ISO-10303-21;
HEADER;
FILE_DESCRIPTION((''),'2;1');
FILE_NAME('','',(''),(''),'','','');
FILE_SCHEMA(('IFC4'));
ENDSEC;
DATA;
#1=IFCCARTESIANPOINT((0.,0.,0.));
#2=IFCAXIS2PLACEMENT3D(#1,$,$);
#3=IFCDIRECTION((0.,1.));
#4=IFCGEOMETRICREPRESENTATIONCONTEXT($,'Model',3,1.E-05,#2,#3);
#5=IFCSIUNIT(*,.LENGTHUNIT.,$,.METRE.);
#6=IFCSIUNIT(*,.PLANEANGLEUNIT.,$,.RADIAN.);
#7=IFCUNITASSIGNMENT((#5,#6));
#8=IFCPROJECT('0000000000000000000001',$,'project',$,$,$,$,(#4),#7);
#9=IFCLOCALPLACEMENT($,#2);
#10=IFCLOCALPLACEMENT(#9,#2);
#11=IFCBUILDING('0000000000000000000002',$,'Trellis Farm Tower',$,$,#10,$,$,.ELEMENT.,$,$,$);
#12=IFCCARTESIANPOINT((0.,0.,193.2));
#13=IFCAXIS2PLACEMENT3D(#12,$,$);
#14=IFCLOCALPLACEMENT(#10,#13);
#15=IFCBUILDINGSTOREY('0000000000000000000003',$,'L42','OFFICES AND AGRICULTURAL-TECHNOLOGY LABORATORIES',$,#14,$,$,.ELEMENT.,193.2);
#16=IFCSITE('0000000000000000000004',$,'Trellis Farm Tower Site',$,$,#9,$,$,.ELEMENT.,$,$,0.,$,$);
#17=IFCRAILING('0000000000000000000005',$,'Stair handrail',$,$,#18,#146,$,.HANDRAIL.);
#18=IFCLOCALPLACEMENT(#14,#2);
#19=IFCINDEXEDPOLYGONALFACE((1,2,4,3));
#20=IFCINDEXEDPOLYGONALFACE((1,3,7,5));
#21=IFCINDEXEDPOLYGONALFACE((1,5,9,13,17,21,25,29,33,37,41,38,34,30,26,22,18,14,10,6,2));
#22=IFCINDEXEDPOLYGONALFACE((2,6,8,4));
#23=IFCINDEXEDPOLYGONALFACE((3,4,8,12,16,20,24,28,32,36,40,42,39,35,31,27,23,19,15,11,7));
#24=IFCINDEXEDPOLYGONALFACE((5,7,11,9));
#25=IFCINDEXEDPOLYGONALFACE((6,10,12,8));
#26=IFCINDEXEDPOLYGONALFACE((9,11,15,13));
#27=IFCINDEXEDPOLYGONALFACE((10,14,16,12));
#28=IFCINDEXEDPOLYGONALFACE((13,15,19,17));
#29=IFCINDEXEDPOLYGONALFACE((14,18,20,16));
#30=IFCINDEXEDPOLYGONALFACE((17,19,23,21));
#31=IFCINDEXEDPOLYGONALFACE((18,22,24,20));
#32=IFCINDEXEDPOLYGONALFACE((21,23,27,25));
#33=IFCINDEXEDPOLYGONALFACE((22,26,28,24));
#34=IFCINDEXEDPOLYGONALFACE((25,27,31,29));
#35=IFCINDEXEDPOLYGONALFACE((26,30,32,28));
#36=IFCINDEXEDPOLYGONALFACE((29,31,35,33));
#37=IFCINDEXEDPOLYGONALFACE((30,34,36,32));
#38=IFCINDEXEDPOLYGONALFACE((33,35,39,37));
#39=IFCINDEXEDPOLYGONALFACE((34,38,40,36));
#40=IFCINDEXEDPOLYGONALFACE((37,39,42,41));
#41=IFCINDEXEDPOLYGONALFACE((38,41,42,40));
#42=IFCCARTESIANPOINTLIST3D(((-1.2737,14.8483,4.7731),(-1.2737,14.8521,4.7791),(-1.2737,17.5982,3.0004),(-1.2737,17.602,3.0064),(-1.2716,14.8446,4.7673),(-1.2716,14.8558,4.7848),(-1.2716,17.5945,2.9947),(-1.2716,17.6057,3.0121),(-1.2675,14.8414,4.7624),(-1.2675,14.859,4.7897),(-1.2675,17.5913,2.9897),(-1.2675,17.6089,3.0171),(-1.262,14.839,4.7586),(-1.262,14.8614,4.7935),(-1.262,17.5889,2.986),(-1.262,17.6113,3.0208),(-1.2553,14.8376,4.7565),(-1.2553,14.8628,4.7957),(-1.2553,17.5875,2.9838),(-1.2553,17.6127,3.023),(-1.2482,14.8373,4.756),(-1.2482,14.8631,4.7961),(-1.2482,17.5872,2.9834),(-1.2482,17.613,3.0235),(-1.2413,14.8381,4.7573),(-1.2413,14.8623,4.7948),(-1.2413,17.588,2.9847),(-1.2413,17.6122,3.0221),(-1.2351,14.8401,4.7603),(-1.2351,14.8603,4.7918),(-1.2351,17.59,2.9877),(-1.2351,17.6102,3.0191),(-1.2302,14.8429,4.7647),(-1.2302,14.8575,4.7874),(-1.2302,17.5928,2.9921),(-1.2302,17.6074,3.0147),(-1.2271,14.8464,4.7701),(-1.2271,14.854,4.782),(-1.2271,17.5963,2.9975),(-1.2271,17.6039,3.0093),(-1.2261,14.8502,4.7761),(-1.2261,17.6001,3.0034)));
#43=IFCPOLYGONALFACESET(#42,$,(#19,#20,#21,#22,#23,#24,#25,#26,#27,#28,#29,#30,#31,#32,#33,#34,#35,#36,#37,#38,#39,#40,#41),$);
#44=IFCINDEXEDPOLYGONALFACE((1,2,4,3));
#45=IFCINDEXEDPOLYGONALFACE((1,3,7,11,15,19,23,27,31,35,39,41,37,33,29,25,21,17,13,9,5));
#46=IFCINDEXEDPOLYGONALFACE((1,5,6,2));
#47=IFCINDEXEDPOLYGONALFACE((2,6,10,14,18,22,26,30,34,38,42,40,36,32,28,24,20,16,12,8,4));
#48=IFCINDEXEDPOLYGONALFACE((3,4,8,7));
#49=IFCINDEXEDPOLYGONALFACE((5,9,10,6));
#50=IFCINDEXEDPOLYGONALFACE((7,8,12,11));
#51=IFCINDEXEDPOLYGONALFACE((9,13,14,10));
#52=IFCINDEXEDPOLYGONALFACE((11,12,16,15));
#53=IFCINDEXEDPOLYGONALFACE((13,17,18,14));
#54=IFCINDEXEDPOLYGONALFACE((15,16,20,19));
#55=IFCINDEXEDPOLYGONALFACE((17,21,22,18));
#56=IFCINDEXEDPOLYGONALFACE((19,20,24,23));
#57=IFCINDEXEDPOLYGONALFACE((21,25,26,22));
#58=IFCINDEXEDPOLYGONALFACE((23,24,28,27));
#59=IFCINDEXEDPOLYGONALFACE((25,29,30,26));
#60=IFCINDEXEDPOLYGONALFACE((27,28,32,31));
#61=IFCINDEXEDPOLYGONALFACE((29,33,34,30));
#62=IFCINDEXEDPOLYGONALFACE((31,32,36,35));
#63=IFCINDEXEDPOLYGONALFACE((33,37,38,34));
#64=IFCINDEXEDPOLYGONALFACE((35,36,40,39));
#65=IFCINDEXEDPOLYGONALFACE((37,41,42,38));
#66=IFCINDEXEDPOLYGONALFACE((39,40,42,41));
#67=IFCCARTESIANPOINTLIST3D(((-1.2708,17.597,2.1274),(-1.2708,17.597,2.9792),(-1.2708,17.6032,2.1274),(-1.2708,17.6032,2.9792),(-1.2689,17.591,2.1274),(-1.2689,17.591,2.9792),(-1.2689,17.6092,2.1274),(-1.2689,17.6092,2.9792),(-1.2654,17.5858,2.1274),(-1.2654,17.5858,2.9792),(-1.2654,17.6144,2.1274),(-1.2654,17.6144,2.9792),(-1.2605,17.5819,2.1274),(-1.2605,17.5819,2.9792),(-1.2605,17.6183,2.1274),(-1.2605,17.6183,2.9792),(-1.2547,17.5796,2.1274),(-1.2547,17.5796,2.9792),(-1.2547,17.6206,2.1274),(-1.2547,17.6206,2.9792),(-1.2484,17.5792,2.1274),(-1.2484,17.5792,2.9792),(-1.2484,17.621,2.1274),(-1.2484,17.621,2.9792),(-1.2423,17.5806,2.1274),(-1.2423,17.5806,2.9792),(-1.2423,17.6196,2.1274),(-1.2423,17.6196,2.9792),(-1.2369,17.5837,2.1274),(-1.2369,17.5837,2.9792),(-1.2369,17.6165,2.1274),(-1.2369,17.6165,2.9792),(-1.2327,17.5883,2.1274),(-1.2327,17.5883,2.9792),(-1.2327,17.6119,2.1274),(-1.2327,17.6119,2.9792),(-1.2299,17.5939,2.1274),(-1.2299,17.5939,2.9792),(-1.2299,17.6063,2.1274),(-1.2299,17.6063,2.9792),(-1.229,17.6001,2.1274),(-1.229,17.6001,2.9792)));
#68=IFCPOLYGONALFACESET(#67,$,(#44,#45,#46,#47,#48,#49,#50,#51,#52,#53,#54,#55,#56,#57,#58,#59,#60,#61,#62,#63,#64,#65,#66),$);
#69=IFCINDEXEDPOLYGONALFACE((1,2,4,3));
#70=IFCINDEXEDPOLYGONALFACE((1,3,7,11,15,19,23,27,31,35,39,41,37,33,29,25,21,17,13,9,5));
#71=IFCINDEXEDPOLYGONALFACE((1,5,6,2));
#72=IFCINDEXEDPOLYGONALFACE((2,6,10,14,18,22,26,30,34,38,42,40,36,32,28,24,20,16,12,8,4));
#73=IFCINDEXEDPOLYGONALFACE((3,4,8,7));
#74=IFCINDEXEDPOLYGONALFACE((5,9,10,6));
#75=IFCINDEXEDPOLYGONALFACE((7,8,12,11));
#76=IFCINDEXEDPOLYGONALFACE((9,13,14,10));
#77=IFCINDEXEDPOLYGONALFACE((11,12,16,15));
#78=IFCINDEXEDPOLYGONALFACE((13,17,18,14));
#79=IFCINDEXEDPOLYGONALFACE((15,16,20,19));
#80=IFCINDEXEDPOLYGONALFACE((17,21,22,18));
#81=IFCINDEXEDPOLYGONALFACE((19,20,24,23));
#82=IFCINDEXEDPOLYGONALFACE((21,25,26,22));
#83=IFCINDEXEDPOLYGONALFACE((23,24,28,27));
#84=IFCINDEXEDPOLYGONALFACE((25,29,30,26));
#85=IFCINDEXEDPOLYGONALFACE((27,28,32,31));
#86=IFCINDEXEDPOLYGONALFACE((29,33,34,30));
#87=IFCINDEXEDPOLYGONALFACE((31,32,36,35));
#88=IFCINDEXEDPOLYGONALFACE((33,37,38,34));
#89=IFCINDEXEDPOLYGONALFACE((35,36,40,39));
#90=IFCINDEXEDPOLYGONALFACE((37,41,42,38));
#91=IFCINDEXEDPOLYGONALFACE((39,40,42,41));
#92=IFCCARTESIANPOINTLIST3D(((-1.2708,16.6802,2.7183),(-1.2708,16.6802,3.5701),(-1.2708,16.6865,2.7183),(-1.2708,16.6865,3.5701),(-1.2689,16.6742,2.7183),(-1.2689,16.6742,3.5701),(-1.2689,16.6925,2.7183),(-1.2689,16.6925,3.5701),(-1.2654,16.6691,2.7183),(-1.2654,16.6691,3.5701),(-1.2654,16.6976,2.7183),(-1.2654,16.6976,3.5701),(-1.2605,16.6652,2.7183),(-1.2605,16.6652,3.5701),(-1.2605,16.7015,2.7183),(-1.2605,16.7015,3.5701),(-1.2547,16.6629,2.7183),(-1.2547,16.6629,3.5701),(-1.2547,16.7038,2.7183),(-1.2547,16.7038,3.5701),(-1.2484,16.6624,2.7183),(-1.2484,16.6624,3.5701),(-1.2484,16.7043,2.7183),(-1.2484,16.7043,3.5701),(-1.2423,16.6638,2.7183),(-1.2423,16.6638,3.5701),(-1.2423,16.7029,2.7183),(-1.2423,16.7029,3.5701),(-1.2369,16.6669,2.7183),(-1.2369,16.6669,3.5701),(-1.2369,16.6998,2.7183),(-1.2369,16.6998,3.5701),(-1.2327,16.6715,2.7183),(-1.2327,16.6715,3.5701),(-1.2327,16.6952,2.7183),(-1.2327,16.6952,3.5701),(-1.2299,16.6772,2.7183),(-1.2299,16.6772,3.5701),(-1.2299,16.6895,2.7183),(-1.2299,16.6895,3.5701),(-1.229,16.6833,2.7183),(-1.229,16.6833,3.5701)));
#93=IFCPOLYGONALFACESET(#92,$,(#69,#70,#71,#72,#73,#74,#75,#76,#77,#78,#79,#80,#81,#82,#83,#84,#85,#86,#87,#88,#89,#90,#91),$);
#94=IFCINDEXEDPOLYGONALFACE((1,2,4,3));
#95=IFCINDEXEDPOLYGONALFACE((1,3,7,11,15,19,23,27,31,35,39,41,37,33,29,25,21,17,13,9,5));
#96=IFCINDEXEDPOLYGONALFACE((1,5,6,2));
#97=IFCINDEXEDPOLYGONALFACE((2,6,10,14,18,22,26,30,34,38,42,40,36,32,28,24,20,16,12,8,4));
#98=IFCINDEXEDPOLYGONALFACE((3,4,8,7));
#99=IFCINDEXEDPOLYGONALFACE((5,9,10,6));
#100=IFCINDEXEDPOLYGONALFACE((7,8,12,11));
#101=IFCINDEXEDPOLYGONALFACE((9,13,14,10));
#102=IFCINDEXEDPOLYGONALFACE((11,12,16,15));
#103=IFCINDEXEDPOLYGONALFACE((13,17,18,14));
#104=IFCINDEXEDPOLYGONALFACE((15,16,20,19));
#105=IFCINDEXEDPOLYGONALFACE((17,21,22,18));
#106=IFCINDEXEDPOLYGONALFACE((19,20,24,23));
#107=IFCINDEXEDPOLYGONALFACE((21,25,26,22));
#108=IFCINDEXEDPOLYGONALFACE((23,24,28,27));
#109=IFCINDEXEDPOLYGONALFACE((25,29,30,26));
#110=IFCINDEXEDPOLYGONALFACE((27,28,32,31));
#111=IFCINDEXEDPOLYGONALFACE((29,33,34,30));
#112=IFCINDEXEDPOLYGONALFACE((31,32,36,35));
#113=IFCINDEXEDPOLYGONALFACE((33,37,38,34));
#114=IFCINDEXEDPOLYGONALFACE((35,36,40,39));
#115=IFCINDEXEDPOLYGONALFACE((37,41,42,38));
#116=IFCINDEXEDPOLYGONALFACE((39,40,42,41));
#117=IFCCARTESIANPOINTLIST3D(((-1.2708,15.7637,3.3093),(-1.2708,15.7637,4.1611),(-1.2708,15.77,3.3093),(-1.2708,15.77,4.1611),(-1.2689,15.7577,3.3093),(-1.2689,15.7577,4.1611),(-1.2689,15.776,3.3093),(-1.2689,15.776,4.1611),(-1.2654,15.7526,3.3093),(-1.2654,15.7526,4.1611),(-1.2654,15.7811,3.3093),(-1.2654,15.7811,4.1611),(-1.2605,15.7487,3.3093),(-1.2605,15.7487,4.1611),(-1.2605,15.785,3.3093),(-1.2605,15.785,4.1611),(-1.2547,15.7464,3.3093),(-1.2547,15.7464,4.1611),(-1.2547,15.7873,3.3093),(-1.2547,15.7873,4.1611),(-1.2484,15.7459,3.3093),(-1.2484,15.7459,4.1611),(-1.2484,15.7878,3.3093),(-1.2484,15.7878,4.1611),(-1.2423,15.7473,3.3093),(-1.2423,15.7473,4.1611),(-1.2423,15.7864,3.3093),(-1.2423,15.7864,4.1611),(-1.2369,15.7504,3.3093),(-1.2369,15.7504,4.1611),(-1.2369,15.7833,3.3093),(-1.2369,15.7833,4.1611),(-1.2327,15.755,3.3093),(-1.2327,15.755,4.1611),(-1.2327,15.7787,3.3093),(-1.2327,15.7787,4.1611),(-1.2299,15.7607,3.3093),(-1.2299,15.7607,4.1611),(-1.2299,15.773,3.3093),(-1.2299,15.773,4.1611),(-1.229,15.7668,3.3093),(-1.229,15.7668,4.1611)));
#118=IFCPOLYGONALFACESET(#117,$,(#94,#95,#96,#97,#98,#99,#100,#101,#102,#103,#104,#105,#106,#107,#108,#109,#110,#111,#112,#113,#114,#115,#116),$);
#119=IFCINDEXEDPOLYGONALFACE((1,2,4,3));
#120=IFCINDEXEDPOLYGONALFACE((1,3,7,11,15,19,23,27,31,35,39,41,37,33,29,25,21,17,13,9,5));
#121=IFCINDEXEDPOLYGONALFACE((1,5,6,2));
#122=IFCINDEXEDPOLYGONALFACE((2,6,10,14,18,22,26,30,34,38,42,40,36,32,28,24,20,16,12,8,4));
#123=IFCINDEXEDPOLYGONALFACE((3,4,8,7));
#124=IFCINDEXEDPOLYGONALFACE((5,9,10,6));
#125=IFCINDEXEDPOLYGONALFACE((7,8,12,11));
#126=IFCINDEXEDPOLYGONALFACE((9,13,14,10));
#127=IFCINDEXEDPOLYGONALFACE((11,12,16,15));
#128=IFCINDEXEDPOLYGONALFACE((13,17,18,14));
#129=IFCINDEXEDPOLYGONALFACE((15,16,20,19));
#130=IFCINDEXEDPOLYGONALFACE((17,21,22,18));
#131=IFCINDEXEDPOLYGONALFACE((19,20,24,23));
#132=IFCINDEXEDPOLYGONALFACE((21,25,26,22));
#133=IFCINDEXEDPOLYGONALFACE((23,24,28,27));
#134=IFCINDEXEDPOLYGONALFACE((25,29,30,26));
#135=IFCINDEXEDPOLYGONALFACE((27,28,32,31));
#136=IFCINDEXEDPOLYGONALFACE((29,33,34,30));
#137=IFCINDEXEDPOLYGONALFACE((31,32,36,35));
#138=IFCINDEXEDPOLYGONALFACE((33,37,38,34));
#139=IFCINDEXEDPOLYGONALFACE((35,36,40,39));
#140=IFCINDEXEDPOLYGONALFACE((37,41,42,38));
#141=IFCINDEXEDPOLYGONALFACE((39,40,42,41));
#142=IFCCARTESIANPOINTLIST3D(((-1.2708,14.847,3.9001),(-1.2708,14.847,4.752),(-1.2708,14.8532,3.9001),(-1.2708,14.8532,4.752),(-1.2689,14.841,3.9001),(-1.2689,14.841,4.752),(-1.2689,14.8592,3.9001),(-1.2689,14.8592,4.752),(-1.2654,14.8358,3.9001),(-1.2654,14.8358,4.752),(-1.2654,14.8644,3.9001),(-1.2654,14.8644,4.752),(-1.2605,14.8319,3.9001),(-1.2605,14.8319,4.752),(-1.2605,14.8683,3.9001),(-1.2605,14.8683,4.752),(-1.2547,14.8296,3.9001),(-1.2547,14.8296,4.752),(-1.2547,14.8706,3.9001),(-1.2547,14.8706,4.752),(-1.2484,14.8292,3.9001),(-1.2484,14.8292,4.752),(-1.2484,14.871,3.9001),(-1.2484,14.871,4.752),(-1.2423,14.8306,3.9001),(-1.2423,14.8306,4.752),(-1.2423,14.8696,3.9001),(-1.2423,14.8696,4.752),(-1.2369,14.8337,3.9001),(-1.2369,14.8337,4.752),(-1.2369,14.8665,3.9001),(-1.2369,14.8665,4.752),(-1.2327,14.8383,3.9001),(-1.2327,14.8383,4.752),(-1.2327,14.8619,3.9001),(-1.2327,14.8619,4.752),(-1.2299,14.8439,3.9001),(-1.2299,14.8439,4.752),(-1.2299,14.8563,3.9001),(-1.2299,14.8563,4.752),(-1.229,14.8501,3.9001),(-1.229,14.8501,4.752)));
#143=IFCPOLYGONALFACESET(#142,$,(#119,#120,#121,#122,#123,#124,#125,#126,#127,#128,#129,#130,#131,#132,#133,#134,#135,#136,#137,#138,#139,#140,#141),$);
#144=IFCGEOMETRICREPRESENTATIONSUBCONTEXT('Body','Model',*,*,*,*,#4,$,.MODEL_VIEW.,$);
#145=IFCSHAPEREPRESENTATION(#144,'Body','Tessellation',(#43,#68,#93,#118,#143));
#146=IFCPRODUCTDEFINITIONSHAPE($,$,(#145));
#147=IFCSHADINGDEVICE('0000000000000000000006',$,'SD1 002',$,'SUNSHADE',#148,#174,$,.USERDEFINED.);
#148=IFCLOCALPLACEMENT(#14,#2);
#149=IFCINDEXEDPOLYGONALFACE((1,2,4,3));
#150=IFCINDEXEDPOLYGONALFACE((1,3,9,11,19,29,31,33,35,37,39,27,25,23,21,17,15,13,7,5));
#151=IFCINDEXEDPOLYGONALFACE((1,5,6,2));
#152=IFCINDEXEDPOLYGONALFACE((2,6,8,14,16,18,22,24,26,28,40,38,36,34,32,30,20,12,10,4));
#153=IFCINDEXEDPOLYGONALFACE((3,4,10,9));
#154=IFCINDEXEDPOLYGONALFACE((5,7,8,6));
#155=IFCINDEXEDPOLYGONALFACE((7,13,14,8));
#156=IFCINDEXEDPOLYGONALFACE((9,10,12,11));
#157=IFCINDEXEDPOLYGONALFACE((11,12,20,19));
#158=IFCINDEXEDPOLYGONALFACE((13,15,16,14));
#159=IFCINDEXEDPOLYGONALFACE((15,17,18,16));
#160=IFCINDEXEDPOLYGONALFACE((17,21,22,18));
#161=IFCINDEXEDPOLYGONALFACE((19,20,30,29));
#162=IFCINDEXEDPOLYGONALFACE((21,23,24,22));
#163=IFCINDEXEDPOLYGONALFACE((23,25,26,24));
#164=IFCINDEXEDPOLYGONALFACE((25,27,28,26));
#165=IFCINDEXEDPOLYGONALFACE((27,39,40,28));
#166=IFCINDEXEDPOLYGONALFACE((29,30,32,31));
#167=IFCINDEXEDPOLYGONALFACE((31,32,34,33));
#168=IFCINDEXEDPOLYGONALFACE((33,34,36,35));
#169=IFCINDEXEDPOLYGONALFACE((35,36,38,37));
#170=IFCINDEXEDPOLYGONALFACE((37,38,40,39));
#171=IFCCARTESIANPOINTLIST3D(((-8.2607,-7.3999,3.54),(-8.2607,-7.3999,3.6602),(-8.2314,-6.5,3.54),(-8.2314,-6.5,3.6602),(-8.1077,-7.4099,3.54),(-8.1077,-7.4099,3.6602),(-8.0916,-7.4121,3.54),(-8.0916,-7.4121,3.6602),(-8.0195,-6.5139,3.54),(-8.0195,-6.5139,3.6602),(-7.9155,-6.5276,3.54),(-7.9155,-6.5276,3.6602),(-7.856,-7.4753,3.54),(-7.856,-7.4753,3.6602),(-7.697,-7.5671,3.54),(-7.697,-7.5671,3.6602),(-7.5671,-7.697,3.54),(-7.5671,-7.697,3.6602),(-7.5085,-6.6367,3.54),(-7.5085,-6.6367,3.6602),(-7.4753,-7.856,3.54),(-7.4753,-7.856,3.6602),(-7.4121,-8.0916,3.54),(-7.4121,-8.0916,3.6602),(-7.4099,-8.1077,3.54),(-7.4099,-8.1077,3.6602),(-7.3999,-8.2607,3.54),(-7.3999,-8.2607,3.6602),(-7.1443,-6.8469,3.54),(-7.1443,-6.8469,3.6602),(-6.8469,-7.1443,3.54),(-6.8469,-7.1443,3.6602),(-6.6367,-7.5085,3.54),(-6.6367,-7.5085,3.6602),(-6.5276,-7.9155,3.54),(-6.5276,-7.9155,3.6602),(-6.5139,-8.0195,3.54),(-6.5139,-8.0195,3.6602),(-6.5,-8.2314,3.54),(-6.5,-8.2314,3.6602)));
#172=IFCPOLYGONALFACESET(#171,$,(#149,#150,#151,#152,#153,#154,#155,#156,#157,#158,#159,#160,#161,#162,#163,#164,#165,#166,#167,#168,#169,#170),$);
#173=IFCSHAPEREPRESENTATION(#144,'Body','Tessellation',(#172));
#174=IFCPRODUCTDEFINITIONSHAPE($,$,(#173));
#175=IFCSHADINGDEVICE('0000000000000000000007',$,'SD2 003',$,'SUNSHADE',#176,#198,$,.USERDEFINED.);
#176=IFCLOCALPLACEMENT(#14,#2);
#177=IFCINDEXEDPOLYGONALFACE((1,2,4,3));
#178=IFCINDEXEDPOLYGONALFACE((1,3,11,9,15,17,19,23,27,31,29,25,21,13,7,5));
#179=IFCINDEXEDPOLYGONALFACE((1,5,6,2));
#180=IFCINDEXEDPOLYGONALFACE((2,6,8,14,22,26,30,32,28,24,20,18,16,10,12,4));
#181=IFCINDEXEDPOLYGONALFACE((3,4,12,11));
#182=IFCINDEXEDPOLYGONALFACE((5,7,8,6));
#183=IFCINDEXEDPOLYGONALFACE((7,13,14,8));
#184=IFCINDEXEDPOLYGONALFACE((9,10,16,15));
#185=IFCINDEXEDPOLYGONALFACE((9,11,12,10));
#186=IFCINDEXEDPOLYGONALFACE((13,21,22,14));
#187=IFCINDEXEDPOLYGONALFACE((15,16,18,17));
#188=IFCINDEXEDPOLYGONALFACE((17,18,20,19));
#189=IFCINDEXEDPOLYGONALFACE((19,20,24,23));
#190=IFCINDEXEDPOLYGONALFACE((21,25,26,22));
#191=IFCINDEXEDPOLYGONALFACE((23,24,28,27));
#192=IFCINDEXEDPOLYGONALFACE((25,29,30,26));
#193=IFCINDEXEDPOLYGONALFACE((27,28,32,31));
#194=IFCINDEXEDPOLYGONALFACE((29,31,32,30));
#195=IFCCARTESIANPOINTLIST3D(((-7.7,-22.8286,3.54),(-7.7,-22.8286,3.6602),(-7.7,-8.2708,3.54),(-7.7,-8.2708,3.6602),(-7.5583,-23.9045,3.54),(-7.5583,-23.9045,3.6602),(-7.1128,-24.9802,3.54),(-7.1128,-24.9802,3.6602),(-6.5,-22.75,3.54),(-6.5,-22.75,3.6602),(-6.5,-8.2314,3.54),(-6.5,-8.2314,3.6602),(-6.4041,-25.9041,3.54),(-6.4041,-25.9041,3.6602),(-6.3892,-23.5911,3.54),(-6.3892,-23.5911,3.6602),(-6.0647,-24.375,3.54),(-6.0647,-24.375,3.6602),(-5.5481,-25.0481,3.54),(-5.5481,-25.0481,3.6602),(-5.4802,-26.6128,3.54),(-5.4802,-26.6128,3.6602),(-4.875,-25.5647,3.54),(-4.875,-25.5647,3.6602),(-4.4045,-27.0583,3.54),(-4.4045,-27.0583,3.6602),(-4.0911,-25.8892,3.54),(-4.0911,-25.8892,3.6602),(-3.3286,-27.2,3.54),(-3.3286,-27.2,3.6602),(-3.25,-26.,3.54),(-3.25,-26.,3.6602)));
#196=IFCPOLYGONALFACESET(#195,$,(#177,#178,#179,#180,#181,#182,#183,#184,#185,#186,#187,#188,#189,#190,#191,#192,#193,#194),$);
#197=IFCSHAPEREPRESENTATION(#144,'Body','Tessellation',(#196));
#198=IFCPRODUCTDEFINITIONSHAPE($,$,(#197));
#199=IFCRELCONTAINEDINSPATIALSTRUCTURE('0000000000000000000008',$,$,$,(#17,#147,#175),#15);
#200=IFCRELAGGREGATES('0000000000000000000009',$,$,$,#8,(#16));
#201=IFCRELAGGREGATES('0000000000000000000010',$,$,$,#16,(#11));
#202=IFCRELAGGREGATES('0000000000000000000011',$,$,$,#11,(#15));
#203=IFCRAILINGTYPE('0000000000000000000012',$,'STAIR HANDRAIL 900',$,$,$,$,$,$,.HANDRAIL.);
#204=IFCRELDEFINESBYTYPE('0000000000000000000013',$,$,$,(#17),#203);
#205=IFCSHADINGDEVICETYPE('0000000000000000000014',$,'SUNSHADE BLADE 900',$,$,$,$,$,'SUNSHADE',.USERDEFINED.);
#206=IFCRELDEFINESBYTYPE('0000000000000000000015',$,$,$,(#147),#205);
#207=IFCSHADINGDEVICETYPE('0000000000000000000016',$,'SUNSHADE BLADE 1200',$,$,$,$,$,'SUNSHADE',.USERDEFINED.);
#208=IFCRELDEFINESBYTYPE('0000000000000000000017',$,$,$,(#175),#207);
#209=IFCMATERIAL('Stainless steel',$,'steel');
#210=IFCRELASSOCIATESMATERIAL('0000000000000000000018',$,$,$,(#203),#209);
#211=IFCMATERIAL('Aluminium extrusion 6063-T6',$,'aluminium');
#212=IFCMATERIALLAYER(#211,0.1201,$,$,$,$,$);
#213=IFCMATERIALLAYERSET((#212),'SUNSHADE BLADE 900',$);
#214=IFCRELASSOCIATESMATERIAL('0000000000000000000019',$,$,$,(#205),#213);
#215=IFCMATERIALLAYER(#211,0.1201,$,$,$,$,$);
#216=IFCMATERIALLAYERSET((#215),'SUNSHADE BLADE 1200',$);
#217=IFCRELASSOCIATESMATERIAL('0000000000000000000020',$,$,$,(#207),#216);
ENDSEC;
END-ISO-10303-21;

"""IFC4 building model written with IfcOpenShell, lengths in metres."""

from ifc_helpers import new_model, si_unit, direction, frame, origin, origin_2d, place, context, subcontext, project, spatial, polyline, circle, outline, extrude, source, transform, mapped, material, layer, layer_set, type_object, element, save


model = new_model("IFC4")

# Units and contexts
model_context = context("Model", 3, precision=1e-05, world=origin(), true_north=direction((0.0, 1.0)))
body_context = subcontext(model_context, "Body", "Model", "MODEL_VIEW")
ifc_project = project(units=[si_unit("LENGTHUNIT", "METRE"), si_unit("PLANEANGLEUNIT", "RADIAN")], contexts=[model_context])

# Site, building, storey
site_placement = place(None, origin())
site = spatial("IfcSite", under=ifc_project, at=site_placement, Name="Trellis Farm Tower Site", CompositionType="ELEMENT", RefElevation=0.0)
building_placement = place(site_placement, origin())
building = spatial("IfcBuilding", under=site, at=building_placement, Name="Trellis Farm Tower", CompositionType="ELEMENT")
storey_placement = place(building_placement, frame((0.0, 0.0, 193.2)))
storey = spatial("IfcBuildingStorey", under=building, at=storey_placement, Name="L42", Description="OFFICES AND AGRICULTURAL-TECHNOLOGY LABORATORIES", CompositionType="ELEMENT", Elevation=193.2)

# Shared definitions
ifc_material_1 = material(Name="Aluminium extrusion 6063-T6", Category="aluminium")

# Railing
ifc_material_2 = material(Name="Stainless steel", Category="steel")
railing_type = type_object("IfcRailingType", Name="STAIR HANDRAIL 900", PredefinedType="HANDRAIL", material=ifc_material_2)
shared_shape_1 = source(origin(), body_context, "Body", "SweptSolid", [
    extrude(circle(Radius=0.0239, at=origin_2d()), frame((0.0, 0.0, 0.876), z_axis=(0.0, -0.840504, 0.541806), x_axis=(1.0, 0.0, 0.0)), (0.0, 0.0, 1.0), 3.2717),
    extrude(circle(Radius=0.021, at=origin_2d()), origin(), (0.0, 0.0, 1.0), 0.8518),
    extrude(circle(Radius=0.021, at=origin_2d()), frame((0.0, -0.9167, 0.5908)), (0.0, 0.0, 1.0), 0.8518),
    extrude(circle(Radius=0.021, at=origin_2d()), frame((0.0, -1.8333, 1.1819)), (0.0, 0.0, 1.0), 0.8518),
    extrude(circle(Radius=0.021, at=origin_2d()), frame((0.0, -2.75, 1.7727)), (0.0, 0.0, 1.0), 0.8518),
])
railing_placement = place(storey_placement, frame((-1.25, 17.6001, 2.1274)))
element("IfcRailing", 1, at=railing_placement, inside=storey, type_object=railing_type, Name="Stair handrail", PredefinedType="HANDRAIL", context=body_context, shape_type="MappedRepresentation", body=[
    mapped(shared_shape_1, transform((0.0, 0.0, 0.0))),
])

# Shading devices
ifc_layer_1 = layer(ifc_material_1, 0.1201)
ifc_layer_set_1 = layer_set([ifc_layer_1], Name="SUNSHADE BLADE 900")
shading_device_type_1 = type_object("IfcShadingDeviceType", Name="SUNSHADE BLADE 900", ElementType="SUNSHADE", PredefinedType="USERDEFINED", material=ifc_layer_set_1)
shared_shape_2 = source(origin(), body_context, "Body", "SweptSolid", [
    extrude(outline(polyline([(-8.2607, -7.3999), (-8.1077, -7.4099), (-8.0916, -7.4121), (-7.856, -7.4753), (-7.697, -7.5671), (-7.5671, -7.697), (-7.4753, -7.856), (-7.4121, -8.0916), (-7.4099, -8.1077), (-7.3999, -8.2607), (-6.5, -8.2314), (-6.5139, -8.0195), (-6.5276, -7.9155), (-6.6367, -7.5085), (-6.8469, -7.1443), (-7.1443, -6.8469), (-7.5085, -6.6367), (-7.9155, -6.5276), (-8.0195, -6.5139), (-8.2314, -6.5), (-8.2607, -7.3999)])), origin(), (0.0, 0.0, 1.0), 0.1201),
])
placement_1 = place(storey_placement, frame((0.0, 0.0, 3.54)))
element("IfcShadingDevice", 2, at=placement_1, inside=storey, type_object=shading_device_type_1, Name="SD1 002", ObjectType="SUNSHADE", PredefinedType="USERDEFINED", context=body_context, shape_type="MappedRepresentation", body=[
    mapped(shared_shape_2, transform((0.0, 0.0, 0.0))),
])
ifc_layer_2 = layer(ifc_material_1, 0.1201)
ifc_layer_set_2 = layer_set([ifc_layer_2], Name="SUNSHADE BLADE 1200")
shading_device_type_2 = type_object("IfcShadingDeviceType", Name="SUNSHADE BLADE 1200", ElementType="SUNSHADE", PredefinedType="USERDEFINED", material=ifc_layer_set_2)
shared_shape_3 = source(origin(), body_context, "Body", "SweptSolid", [
    extrude(outline(polyline([(-7.7, -8.2708), (-7.7, -22.8286), (-7.5583, -23.9045), (-7.1128, -24.9802), (-6.4041, -25.9041), (-5.4802, -26.6128), (-4.4045, -27.0583), (-3.3286, -27.2), (-3.25, -26.0), (-4.0911, -25.8892), (-4.875, -25.5647), (-5.5481, -25.0481), (-6.0647, -24.375), (-6.3892, -23.5911), (-6.5, -22.75), (-6.5, -8.2314), (-7.7, -8.2708)])), origin(), (0.0, 0.0, 1.0), 0.1201),
])
element("IfcShadingDevice", 3, at=placement_1, inside=storey, type_object=shading_device_type_2, Name="SD2 003", ObjectType="SUNSHADE", PredefinedType="USERDEFINED", context=body_context, shape_type="MappedRepresentation", body=[
    mapped(shared_shape_3, transform((0.0, 0.0, 0.0))),
])

save(model, "model.ifc")
